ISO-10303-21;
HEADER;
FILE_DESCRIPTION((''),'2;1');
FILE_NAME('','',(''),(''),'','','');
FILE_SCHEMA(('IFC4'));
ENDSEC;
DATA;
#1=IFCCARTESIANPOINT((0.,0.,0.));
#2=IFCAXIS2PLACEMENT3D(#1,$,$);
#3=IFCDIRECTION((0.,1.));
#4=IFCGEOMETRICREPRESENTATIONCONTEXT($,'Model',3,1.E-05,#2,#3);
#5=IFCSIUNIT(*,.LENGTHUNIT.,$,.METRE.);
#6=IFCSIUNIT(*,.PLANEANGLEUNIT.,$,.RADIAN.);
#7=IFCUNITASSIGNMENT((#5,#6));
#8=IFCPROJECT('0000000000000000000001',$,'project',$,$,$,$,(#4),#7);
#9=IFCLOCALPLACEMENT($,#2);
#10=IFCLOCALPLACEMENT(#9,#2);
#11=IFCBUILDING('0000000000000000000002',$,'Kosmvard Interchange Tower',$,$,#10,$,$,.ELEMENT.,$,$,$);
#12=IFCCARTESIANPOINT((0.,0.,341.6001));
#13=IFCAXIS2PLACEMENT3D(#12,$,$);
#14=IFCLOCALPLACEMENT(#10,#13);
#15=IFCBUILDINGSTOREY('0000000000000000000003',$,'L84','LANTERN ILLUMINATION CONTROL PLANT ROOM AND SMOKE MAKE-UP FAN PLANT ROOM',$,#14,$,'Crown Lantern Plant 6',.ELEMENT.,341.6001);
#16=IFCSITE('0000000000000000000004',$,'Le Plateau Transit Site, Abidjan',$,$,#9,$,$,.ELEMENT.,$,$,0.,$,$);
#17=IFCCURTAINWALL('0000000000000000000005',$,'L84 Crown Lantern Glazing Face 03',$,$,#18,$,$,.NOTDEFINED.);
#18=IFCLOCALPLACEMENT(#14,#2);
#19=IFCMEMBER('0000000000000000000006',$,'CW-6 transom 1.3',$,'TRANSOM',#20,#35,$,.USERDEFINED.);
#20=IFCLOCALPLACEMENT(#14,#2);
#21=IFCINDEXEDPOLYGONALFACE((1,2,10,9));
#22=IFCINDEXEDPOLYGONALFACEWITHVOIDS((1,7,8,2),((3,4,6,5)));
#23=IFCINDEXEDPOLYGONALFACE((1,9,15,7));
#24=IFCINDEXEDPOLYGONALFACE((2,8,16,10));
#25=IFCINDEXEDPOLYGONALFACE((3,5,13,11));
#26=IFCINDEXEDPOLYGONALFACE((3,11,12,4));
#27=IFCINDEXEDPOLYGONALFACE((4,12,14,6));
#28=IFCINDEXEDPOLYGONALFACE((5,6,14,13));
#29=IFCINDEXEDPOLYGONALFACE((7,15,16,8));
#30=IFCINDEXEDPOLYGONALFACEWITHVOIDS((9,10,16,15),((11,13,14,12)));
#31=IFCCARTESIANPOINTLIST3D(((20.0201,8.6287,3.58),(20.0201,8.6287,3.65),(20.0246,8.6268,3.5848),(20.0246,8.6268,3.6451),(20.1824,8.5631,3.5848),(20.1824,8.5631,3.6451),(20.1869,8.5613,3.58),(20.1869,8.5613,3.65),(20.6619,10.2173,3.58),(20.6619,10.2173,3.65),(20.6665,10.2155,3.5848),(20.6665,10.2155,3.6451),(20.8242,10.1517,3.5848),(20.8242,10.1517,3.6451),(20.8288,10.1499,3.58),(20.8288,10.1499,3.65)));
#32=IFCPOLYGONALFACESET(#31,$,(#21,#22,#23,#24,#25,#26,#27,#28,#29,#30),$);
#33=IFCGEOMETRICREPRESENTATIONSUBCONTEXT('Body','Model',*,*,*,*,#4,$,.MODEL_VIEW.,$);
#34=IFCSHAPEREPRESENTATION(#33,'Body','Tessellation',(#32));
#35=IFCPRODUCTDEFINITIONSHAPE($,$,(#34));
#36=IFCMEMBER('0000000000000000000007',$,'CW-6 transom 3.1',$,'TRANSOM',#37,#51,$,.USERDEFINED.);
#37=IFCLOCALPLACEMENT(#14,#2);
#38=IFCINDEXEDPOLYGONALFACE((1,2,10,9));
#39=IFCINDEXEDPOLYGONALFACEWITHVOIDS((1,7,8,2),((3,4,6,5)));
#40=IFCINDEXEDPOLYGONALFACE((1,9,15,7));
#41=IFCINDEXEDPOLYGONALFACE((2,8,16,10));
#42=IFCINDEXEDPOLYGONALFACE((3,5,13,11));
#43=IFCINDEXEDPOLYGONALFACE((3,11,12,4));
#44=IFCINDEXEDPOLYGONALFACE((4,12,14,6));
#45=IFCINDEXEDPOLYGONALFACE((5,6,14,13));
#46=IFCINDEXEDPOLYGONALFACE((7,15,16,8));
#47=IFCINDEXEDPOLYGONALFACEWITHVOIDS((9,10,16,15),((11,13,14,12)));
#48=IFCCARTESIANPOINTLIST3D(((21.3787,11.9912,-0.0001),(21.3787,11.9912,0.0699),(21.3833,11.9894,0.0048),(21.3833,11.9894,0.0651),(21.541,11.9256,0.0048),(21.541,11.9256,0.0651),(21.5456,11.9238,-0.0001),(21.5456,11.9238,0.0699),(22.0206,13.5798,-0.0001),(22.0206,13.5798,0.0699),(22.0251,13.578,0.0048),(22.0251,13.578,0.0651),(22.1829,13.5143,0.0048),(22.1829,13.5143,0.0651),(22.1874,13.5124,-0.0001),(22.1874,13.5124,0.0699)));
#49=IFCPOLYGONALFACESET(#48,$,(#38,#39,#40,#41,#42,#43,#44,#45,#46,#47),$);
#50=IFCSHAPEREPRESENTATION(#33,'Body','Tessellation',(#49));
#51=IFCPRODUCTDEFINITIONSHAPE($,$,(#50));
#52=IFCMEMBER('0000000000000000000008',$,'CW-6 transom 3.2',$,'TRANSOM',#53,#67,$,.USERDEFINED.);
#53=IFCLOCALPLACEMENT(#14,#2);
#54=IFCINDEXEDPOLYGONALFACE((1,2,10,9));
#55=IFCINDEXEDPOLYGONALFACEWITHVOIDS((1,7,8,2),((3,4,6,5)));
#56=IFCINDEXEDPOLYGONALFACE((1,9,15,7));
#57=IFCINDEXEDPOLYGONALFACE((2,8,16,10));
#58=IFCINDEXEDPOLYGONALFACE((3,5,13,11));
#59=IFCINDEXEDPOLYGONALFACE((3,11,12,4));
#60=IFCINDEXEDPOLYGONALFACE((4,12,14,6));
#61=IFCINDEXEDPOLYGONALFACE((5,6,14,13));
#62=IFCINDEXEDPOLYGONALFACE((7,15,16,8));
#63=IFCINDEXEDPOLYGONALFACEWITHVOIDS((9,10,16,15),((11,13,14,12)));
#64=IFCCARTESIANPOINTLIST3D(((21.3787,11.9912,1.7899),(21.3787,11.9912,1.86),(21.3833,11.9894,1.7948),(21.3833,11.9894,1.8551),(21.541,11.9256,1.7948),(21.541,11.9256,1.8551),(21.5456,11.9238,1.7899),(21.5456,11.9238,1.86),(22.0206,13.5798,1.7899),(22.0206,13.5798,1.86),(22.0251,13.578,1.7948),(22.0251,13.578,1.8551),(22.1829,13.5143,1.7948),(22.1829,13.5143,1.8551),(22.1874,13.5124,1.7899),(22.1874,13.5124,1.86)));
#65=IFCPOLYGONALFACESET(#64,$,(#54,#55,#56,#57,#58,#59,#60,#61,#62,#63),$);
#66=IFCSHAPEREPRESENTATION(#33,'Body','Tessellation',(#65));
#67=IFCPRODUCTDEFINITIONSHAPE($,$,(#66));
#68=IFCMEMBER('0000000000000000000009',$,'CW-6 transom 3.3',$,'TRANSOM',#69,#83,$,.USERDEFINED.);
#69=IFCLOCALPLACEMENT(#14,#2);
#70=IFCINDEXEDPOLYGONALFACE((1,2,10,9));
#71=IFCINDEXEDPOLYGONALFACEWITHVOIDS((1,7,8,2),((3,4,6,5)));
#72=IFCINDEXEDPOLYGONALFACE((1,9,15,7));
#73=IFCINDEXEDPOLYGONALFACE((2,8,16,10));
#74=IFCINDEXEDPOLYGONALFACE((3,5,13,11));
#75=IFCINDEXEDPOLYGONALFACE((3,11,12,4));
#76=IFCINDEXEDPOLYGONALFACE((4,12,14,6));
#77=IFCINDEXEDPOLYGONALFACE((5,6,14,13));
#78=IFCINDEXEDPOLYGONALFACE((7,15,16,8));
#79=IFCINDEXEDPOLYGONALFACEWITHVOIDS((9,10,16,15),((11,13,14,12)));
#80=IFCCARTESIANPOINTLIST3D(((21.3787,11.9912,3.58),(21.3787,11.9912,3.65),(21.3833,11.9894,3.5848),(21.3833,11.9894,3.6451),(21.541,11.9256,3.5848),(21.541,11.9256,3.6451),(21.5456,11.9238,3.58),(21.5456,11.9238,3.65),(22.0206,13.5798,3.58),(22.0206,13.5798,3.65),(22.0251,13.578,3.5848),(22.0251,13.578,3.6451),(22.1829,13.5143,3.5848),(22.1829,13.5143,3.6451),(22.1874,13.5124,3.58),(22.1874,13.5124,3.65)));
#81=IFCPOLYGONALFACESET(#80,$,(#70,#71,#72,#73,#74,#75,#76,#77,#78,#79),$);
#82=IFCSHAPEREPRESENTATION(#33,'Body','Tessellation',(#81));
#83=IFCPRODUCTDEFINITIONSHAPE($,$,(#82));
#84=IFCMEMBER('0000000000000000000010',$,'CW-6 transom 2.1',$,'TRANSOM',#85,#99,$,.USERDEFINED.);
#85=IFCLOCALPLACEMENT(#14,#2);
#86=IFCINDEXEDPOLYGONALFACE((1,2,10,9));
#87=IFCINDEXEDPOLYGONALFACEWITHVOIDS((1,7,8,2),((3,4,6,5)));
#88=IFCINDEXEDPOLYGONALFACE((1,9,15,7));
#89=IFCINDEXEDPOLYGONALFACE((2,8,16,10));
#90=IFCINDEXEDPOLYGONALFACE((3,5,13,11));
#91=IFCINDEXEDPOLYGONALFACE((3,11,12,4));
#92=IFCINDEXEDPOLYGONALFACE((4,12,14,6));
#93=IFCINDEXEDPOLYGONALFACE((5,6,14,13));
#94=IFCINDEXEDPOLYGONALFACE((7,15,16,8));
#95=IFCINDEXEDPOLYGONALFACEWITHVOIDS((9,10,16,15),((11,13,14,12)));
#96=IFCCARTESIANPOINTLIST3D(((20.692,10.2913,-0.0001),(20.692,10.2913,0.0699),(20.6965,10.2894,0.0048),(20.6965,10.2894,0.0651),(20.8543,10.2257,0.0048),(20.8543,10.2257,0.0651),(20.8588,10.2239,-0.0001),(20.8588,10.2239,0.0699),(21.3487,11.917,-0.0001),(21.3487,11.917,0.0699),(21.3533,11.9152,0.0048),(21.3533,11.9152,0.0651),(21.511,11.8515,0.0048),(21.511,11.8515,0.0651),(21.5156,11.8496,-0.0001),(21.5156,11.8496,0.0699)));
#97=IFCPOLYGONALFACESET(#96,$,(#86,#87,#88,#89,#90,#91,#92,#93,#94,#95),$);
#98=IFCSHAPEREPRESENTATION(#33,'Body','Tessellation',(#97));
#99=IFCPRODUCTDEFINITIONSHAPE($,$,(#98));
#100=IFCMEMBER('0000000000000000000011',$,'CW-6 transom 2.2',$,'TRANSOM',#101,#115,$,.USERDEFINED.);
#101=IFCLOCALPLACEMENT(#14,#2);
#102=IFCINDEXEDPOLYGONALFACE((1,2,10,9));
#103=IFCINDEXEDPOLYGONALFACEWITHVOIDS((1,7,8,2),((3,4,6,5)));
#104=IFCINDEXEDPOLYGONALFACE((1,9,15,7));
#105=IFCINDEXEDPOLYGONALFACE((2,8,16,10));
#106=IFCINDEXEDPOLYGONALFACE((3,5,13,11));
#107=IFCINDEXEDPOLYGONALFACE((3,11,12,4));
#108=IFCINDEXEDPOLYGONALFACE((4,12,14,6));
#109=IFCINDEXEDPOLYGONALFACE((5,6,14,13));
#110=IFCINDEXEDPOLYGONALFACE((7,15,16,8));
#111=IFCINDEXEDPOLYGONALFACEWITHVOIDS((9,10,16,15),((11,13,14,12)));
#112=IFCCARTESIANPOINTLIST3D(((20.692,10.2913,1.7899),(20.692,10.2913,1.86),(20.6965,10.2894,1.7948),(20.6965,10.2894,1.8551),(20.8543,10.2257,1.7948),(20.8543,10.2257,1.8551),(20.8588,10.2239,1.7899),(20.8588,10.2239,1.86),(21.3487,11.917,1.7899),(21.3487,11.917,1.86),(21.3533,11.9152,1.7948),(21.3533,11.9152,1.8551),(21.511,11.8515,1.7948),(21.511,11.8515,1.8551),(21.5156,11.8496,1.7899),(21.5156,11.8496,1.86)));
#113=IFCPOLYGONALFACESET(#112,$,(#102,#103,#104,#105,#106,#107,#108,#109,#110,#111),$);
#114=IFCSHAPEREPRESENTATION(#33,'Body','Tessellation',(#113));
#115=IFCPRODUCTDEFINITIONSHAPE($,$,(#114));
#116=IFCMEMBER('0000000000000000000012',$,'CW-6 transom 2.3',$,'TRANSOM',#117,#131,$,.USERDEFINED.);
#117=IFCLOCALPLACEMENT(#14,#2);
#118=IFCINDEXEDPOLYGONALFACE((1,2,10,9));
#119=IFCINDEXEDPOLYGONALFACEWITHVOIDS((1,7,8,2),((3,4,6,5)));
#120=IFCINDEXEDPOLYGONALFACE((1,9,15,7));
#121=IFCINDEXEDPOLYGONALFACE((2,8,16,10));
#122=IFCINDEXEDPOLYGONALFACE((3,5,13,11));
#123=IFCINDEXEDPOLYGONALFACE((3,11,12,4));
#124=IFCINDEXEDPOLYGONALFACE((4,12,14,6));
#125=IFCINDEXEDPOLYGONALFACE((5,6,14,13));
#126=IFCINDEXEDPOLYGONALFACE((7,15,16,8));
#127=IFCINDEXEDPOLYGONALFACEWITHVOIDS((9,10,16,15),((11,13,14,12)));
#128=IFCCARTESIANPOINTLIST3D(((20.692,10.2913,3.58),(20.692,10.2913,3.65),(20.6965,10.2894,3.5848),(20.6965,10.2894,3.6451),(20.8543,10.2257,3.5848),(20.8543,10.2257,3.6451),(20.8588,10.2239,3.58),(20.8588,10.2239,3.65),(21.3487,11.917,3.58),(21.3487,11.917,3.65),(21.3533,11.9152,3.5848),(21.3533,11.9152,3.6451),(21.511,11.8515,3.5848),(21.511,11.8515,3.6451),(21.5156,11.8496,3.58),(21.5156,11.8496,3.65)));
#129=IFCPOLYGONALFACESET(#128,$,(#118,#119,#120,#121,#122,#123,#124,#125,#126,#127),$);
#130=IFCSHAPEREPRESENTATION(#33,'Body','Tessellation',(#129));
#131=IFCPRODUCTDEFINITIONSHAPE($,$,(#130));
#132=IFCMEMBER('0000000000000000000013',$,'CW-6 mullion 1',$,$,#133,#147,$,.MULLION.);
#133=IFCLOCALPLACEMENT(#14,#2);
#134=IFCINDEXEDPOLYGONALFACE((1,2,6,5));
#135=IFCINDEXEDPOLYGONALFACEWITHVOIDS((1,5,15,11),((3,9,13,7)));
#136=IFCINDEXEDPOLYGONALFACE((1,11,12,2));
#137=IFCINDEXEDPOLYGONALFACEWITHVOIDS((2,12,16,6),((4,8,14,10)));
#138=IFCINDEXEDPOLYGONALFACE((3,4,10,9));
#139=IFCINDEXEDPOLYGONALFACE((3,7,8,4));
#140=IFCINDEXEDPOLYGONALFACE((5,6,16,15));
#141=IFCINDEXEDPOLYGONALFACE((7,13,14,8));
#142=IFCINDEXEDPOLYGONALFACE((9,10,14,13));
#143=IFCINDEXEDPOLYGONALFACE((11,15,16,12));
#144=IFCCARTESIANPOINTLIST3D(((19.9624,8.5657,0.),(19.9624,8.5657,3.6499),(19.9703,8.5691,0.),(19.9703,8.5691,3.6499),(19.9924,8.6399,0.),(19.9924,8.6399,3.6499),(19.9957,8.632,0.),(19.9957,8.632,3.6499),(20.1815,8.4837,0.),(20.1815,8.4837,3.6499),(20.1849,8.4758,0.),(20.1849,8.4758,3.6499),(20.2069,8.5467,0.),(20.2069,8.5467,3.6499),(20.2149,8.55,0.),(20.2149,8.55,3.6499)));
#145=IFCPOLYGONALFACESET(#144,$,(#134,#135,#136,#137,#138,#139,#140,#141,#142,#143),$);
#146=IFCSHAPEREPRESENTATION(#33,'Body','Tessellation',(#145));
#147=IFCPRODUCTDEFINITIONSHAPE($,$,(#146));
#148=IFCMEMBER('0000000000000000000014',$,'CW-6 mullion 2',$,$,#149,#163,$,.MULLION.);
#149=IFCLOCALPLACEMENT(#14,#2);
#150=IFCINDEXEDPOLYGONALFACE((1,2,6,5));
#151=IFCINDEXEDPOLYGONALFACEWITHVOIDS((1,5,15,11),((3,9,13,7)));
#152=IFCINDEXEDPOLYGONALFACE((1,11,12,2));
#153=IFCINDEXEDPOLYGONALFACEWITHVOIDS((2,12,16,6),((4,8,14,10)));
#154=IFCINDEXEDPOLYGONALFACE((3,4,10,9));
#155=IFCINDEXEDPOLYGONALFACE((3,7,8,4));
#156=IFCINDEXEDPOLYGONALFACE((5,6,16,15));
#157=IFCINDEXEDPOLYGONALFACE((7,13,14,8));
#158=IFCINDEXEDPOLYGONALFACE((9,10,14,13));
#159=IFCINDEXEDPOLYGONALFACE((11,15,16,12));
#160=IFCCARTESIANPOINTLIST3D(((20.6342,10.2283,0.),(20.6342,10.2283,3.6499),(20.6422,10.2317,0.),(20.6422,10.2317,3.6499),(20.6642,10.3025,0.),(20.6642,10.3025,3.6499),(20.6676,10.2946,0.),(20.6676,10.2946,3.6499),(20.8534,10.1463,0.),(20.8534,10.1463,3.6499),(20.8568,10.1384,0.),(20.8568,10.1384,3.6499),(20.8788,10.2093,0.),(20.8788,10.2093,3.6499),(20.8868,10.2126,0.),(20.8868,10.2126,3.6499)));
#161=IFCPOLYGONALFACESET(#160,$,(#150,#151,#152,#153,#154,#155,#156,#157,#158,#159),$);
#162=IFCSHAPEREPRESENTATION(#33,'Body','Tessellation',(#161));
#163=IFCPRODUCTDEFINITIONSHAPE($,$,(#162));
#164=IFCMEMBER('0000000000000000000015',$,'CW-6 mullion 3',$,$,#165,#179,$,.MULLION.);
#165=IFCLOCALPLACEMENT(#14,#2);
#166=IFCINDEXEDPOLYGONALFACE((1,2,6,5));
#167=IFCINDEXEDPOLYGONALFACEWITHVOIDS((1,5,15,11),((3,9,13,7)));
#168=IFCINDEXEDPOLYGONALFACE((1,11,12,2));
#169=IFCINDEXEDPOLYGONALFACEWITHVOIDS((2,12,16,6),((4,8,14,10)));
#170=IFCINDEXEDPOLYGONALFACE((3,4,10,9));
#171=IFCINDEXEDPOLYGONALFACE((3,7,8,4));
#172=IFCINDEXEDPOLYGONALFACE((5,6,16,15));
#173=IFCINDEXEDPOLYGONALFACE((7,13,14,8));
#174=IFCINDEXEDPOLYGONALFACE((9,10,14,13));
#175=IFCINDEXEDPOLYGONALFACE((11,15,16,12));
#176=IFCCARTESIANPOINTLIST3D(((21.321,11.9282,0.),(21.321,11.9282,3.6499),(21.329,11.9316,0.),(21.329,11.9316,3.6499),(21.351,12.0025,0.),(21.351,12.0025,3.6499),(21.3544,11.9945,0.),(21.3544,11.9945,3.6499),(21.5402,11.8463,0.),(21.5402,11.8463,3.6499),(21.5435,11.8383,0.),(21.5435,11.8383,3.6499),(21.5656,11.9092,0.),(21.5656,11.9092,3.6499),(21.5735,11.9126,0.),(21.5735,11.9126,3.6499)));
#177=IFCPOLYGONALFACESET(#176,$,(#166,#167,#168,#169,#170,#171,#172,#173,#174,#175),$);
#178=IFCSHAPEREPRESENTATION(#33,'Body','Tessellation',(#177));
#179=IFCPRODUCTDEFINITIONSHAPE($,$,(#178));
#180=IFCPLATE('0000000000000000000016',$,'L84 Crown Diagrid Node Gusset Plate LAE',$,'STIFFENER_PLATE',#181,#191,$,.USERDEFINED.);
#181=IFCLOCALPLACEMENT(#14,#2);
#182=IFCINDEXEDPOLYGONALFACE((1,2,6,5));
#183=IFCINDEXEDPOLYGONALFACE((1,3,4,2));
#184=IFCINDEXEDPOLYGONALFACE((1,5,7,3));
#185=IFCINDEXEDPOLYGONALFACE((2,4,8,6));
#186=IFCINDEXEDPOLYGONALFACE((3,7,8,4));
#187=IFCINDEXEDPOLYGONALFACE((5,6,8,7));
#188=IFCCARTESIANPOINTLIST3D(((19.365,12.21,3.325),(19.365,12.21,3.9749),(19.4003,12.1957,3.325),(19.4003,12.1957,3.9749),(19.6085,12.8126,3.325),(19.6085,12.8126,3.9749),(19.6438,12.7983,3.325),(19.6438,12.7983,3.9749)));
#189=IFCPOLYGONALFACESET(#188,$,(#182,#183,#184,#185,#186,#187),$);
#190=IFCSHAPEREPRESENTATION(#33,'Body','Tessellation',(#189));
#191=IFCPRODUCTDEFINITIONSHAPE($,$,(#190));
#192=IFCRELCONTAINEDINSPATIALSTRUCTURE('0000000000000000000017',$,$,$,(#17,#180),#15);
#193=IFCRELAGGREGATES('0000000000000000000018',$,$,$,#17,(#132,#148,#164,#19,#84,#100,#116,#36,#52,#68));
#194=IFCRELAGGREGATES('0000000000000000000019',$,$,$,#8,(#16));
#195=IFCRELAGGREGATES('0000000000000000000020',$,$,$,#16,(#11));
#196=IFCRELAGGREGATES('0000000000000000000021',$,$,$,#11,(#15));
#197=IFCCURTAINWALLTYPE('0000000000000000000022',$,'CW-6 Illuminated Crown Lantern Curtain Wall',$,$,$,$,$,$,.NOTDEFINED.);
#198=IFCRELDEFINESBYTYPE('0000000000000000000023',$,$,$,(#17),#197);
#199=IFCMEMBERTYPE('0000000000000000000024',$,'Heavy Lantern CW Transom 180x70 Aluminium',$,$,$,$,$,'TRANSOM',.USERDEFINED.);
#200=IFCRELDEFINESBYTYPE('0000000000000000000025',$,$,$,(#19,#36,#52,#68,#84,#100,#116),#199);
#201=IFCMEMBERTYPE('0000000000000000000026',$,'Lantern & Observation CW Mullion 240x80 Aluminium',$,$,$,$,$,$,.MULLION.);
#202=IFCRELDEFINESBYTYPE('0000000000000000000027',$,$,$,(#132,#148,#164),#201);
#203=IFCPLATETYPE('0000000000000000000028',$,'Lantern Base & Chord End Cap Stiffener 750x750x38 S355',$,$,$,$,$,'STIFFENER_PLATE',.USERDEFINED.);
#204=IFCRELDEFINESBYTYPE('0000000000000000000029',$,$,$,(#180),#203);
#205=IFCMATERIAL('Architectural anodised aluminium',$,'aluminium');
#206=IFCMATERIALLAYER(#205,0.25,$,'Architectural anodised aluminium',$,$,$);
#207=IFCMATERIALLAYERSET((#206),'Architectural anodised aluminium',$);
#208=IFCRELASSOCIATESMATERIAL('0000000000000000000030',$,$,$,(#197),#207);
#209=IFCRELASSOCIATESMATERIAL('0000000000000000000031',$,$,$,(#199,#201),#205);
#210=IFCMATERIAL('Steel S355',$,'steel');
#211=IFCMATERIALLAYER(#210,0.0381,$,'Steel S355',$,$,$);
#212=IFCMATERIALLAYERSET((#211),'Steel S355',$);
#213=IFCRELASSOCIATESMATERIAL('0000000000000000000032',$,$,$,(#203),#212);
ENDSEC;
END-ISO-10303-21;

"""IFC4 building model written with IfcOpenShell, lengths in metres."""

from ifc_helpers import new_model, si_unit, direction, frame, origin, origin_2d, place, context, subcontext, project, spatial, rectangle, hollow_rectangle, extrude, source, transform, mapped, material, layer, layer_set, material_profile, profile_set, type_object, element, aggregate, save


model = new_model("IFC4")

# Units and contexts
model_context = context("Model", 3, precision=1e-05, world=origin(), true_north=direction((0.0, 1.0)))
body_context = subcontext(model_context, "Body", "Model", "MODEL_VIEW")
ifc_project = project(units=[si_unit("LENGTHUNIT", "METRE"), si_unit("PLANEANGLEUNIT", "RADIAN")], contexts=[model_context])

# Site, building, storey
site_placement = place(None, origin())
site = spatial("IfcSite", under=ifc_project, at=site_placement, Name="Le Plateau Transit Site, Abidjan", CompositionType="ELEMENT", RefElevation=0.0)
building_placement = place(site_placement, origin())
building = spatial("IfcBuilding", under=site, at=building_placement, Name="Kosmvard Interchange Tower", CompositionType="ELEMENT")
storey_placement = place(building_placement, frame((0.0, 0.0, 341.6001)))
storey = spatial("IfcBuildingStorey", under=building, at=storey_placement, Name="L84", Description="LANTERN ILLUMINATION CONTROL PLANT ROOM AND SMOKE MAKE-UP FAN PLANT ROOM", LongName="Crown Lantern Plant 6", CompositionType="ELEMENT", Elevation=341.6001)

# Shared definitions
ifc_material_1 = material(Name="Steel S355", Category="steel")

# Curtain wall, members
ifc_material_2 = material(Name="Architectural anodised aluminium", Category="aluminium")
ifc_layer_1 = layer(ifc_material_2, 0.25, Name="Architectural anodised aluminium")
ifc_layer_set_1 = layer_set([ifc_layer_1], Name="Architectural anodised aluminium")
curtain_wall_type = type_object("IfcCurtainWallType", Name="CW-6 Illuminated Crown Lantern Curtain Wall", PredefinedType="NOTDEFINED", material=ifc_layer_set_1)
curtain_wall_placement = place(storey_placement, origin())
curtain_wall = element("IfcCurtainWall", 1, at=curtain_wall_placement, inside=storey, type_object=curtain_wall_type, Name="L84 Crown Lantern Glazing Face 03", PredefinedType="NOTDEFINED")
ifc_material_profile_1 = material_profile(ifc_material_2, hollow_rectangle(XDim=0.1799, YDim=0.0701, WallThickness=0.0049, at=origin_2d()), Name="CWT 180x70x5")
ifc_profile_set_1 = profile_set([ifc_material_profile_1], Name="Architectural anodised aluminium")
member_type_1 = type_object("IfcMemberType", Name="Heavy Lantern CW Transom 180x70 Aluminium", ElementType="TRANSOM", PredefinedType="USERDEFINED", material=ifc_profile_set_1)
shared_shape_1 = source(origin(), body_context, "Body", "SweptSolid", [
    extrude(hollow_rectangle(XDim=0.1799, YDim=0.0701, WallThickness=0.0049, at=origin_2d()), origin(), (0.0, 0.0, 1.0), 1.7134),
])
member_1_placement = place(storey_placement, frame((20.1035, 8.595, 3.615), z_axis=(0.374607, 0.927184, 0.0), x_axis=(-0.927184, 0.374607, 0.0)))
member_1 = element("IfcMember", 2, at=member_1_placement, type_object=member_type_1, Name="CW-6 transom 1.3", ObjectType="TRANSOM", PredefinedType="USERDEFINED", context=body_context, shape_type="MappedRepresentation", body=[
    mapped(shared_shape_1, transform((0.0, 0.0, 0.0), scale=1.0)),
])
member_2_placement = place(storey_placement, frame((21.4622, 11.9575, 0.0349), z_axis=(0.374607, 0.927184, 0.0), x_axis=(-0.927184, 0.374607, 0.0)))
member_2 = element("IfcMember", 3, at=member_2_placement, type_object=member_type_1, Name="CW-6 transom 3.1", ObjectType="TRANSOM", PredefinedType="USERDEFINED", context=body_context, shape_type="MappedRepresentation", body=[
    mapped(shared_shape_1, transform((0.0, 0.0, 0.0), scale=1.0)),
])
member_3_placement = place(storey_placement, frame((21.4622, 11.9575, 1.825), z_axis=(0.374607, 0.927184, 0.0), x_axis=(-0.927184, 0.374607, 0.0)))
member_3 = element("IfcMember", 4, at=member_3_placement, type_object=member_type_1, Name="CW-6 transom 3.2", ObjectType="TRANSOM", PredefinedType="USERDEFINED", context=body_context, shape_type="MappedRepresentation", body=[
    mapped(shared_shape_1, transform((0.0, 0.0, 0.0), scale=1.0)),
])
member_4_placement = place(storey_placement, frame((21.4622, 11.9575, 3.615), z_axis=(0.374607, 0.927184, 0.0), x_axis=(-0.927184, 0.374607, 0.0)))
member_4 = element("IfcMember", 5, at=member_4_placement, type_object=member_type_1, Name="CW-6 transom 3.3", ObjectType="TRANSOM", PredefinedType="USERDEFINED", context=body_context, shape_type="MappedRepresentation", body=[
    mapped(shared_shape_1, transform((0.0, 0.0, 0.0), scale=1.0)),
])
shared_shape_2 = source(origin(), body_context, "Body", "SweptSolid", [
    extrude(hollow_rectangle(XDim=0.1799, YDim=0.0701, WallThickness=0.0049, at=origin_2d()), origin(), (0.0, 0.0, 1.0), 1.7534),
])
member_5_placement = place(storey_placement, frame((20.7754, 10.2576, 0.0349), z_axis=(0.374557, 0.927204, 0.0), x_axis=(-0.927204, 0.374557, 0.0)))
member_5 = element("IfcMember", 6, at=member_5_placement, type_object=member_type_1, Name="CW-6 transom 2.1", ObjectType="TRANSOM", PredefinedType="USERDEFINED", context=body_context, shape_type="MappedRepresentation", body=[
    mapped(shared_shape_2, transform((0.0, 0.0, 0.0), scale=1.0)),
])
member_6_placement = place(storey_placement, frame((20.7754, 10.2576, 1.825), z_axis=(0.374557, 0.927204, 0.0), x_axis=(-0.927204, 0.374557, 0.0)))
member_6 = element("IfcMember", 7, at=member_6_placement, type_object=member_type_1, Name="CW-6 transom 2.2", ObjectType="TRANSOM", PredefinedType="USERDEFINED", context=body_context, shape_type="MappedRepresentation", body=[
    mapped(shared_shape_2, transform((0.0, 0.0, 0.0), scale=1.0)),
])
member_7_placement = place(storey_placement, frame((20.7754, 10.2576, 3.615), z_axis=(0.374557, 0.927204, 0.0), x_axis=(-0.927204, 0.374557, 0.0)))
member_7 = element("IfcMember", 8, at=member_7_placement, type_object=member_type_1, Name="CW-6 transom 2.3", ObjectType="TRANSOM", PredefinedType="USERDEFINED", context=body_context, shape_type="MappedRepresentation", body=[
    mapped(shared_shape_2, transform((0.0, 0.0, 0.0), scale=1.0)),
])
ifc_material_profile_2 = material_profile(ifc_material_2, hollow_rectangle(XDim=0.24, YDim=0.0801, WallThickness=0.0061, at=origin_2d()), Name="CWM 240x80x6")
ifc_profile_set_2 = profile_set([ifc_material_profile_2], Name="Architectural anodised aluminium")
member_type_2 = type_object("IfcMemberType", Name="Lantern & Observation CW Mullion 240x80 Aluminium", PredefinedType="MULLION", material=ifc_profile_set_2)
shared_shape_3 = source(origin(), body_context, "Body", "SweptSolid", [
    extrude(hollow_rectangle(XDim=0.24, YDim=0.0801, WallThickness=0.0061, at=origin_2d()), origin(), (0.0, 0.0, 1.0), 3.6499),
])
member_8_placement = place(storey_placement, frame((20.0886, 8.5579, 0.0), z_axis=(0.0, 0.0, 1.0), x_axis=(-0.927184, 0.374607, 0.0)))
member_8 = element("IfcMember", 9, at=member_8_placement, type_object=member_type_2, Name="CW-6 mullion 1", PredefinedType="MULLION", context=body_context, shape_type="MappedRepresentation", body=[
    mapped(shared_shape_3, transform((0.0, 0.0, 0.0), scale=1.0)),
])
member_9_placement = place(storey_placement, frame((20.7605, 10.2205, 0.0), z_axis=(0.0, 0.0, 1.0), x_axis=(-0.927184, 0.374607, 0.0)))
member_9 = element("IfcMember", 10, at=member_9_placement, type_object=member_type_2, Name="CW-6 mullion 2", PredefinedType="MULLION", context=body_context, shape_type="MappedRepresentation", body=[
    mapped(shared_shape_3, transform((0.0, 0.0, 0.0), scale=1.0)),
])
member_10_placement = place(storey_placement, frame((21.4473, 11.9204, 0.0), z_axis=(0.0, 0.0, 1.0), x_axis=(-0.927184, 0.374607, 0.0)))
member_10 = element("IfcMember", 11, at=member_10_placement, type_object=member_type_2, Name="CW-6 mullion 3", PredefinedType="MULLION", context=body_context, shape_type="MappedRepresentation", body=[
    mapped(shared_shape_3, transform((0.0, 0.0, 0.0), scale=1.0)),
])

# Plate
ifc_layer_2 = layer(ifc_material_1, 0.0381, Name="Steel S355")
ifc_layer_set_2 = layer_set([ifc_layer_2], Name="Steel S355")
plate_type_1 = type_object("IfcPlateType", Name="Lantern Base & Chord End Cap Stiffener 750x750x38 S355", ElementType="STIFFENER_PLATE", PredefinedType="USERDEFINED", material=ifc_layer_set_2)
shared_shape_4 = source(origin(), body_context, "Body", "SweptSolid", [
    extrude(rectangle(XDim=0.6499, YDim=0.0381, at=origin_2d()), origin(), (0.0, 0.0, 1.0), 0.6499),
])
plate_1_placement = place(storey_placement, frame((19.5044, 12.5042, 3.325), z_axis=(0.0, 0.0, 1.0), x_axis=(0.374607, 0.927184, 0.0)))
element("IfcPlate", 12, at=plate_1_placement, inside=storey, type_object=plate_type_1, Name="L84 Crown Diagrid Node Gusset Plate LAE", ObjectType="STIFFENER_PLATE", PredefinedType="USERDEFINED", context=body_context, shape_type="MappedRepresentation", body=[
    mapped(shared_shape_4, transform((0.0, 0.0, 0.0), scale=1.0)),
])
aggregate(curtain_wall, [member_8, member_9, member_10, member_1, member_5, member_6, member_7, member_2, member_3, member_4])

save(model, "model.ifc")
